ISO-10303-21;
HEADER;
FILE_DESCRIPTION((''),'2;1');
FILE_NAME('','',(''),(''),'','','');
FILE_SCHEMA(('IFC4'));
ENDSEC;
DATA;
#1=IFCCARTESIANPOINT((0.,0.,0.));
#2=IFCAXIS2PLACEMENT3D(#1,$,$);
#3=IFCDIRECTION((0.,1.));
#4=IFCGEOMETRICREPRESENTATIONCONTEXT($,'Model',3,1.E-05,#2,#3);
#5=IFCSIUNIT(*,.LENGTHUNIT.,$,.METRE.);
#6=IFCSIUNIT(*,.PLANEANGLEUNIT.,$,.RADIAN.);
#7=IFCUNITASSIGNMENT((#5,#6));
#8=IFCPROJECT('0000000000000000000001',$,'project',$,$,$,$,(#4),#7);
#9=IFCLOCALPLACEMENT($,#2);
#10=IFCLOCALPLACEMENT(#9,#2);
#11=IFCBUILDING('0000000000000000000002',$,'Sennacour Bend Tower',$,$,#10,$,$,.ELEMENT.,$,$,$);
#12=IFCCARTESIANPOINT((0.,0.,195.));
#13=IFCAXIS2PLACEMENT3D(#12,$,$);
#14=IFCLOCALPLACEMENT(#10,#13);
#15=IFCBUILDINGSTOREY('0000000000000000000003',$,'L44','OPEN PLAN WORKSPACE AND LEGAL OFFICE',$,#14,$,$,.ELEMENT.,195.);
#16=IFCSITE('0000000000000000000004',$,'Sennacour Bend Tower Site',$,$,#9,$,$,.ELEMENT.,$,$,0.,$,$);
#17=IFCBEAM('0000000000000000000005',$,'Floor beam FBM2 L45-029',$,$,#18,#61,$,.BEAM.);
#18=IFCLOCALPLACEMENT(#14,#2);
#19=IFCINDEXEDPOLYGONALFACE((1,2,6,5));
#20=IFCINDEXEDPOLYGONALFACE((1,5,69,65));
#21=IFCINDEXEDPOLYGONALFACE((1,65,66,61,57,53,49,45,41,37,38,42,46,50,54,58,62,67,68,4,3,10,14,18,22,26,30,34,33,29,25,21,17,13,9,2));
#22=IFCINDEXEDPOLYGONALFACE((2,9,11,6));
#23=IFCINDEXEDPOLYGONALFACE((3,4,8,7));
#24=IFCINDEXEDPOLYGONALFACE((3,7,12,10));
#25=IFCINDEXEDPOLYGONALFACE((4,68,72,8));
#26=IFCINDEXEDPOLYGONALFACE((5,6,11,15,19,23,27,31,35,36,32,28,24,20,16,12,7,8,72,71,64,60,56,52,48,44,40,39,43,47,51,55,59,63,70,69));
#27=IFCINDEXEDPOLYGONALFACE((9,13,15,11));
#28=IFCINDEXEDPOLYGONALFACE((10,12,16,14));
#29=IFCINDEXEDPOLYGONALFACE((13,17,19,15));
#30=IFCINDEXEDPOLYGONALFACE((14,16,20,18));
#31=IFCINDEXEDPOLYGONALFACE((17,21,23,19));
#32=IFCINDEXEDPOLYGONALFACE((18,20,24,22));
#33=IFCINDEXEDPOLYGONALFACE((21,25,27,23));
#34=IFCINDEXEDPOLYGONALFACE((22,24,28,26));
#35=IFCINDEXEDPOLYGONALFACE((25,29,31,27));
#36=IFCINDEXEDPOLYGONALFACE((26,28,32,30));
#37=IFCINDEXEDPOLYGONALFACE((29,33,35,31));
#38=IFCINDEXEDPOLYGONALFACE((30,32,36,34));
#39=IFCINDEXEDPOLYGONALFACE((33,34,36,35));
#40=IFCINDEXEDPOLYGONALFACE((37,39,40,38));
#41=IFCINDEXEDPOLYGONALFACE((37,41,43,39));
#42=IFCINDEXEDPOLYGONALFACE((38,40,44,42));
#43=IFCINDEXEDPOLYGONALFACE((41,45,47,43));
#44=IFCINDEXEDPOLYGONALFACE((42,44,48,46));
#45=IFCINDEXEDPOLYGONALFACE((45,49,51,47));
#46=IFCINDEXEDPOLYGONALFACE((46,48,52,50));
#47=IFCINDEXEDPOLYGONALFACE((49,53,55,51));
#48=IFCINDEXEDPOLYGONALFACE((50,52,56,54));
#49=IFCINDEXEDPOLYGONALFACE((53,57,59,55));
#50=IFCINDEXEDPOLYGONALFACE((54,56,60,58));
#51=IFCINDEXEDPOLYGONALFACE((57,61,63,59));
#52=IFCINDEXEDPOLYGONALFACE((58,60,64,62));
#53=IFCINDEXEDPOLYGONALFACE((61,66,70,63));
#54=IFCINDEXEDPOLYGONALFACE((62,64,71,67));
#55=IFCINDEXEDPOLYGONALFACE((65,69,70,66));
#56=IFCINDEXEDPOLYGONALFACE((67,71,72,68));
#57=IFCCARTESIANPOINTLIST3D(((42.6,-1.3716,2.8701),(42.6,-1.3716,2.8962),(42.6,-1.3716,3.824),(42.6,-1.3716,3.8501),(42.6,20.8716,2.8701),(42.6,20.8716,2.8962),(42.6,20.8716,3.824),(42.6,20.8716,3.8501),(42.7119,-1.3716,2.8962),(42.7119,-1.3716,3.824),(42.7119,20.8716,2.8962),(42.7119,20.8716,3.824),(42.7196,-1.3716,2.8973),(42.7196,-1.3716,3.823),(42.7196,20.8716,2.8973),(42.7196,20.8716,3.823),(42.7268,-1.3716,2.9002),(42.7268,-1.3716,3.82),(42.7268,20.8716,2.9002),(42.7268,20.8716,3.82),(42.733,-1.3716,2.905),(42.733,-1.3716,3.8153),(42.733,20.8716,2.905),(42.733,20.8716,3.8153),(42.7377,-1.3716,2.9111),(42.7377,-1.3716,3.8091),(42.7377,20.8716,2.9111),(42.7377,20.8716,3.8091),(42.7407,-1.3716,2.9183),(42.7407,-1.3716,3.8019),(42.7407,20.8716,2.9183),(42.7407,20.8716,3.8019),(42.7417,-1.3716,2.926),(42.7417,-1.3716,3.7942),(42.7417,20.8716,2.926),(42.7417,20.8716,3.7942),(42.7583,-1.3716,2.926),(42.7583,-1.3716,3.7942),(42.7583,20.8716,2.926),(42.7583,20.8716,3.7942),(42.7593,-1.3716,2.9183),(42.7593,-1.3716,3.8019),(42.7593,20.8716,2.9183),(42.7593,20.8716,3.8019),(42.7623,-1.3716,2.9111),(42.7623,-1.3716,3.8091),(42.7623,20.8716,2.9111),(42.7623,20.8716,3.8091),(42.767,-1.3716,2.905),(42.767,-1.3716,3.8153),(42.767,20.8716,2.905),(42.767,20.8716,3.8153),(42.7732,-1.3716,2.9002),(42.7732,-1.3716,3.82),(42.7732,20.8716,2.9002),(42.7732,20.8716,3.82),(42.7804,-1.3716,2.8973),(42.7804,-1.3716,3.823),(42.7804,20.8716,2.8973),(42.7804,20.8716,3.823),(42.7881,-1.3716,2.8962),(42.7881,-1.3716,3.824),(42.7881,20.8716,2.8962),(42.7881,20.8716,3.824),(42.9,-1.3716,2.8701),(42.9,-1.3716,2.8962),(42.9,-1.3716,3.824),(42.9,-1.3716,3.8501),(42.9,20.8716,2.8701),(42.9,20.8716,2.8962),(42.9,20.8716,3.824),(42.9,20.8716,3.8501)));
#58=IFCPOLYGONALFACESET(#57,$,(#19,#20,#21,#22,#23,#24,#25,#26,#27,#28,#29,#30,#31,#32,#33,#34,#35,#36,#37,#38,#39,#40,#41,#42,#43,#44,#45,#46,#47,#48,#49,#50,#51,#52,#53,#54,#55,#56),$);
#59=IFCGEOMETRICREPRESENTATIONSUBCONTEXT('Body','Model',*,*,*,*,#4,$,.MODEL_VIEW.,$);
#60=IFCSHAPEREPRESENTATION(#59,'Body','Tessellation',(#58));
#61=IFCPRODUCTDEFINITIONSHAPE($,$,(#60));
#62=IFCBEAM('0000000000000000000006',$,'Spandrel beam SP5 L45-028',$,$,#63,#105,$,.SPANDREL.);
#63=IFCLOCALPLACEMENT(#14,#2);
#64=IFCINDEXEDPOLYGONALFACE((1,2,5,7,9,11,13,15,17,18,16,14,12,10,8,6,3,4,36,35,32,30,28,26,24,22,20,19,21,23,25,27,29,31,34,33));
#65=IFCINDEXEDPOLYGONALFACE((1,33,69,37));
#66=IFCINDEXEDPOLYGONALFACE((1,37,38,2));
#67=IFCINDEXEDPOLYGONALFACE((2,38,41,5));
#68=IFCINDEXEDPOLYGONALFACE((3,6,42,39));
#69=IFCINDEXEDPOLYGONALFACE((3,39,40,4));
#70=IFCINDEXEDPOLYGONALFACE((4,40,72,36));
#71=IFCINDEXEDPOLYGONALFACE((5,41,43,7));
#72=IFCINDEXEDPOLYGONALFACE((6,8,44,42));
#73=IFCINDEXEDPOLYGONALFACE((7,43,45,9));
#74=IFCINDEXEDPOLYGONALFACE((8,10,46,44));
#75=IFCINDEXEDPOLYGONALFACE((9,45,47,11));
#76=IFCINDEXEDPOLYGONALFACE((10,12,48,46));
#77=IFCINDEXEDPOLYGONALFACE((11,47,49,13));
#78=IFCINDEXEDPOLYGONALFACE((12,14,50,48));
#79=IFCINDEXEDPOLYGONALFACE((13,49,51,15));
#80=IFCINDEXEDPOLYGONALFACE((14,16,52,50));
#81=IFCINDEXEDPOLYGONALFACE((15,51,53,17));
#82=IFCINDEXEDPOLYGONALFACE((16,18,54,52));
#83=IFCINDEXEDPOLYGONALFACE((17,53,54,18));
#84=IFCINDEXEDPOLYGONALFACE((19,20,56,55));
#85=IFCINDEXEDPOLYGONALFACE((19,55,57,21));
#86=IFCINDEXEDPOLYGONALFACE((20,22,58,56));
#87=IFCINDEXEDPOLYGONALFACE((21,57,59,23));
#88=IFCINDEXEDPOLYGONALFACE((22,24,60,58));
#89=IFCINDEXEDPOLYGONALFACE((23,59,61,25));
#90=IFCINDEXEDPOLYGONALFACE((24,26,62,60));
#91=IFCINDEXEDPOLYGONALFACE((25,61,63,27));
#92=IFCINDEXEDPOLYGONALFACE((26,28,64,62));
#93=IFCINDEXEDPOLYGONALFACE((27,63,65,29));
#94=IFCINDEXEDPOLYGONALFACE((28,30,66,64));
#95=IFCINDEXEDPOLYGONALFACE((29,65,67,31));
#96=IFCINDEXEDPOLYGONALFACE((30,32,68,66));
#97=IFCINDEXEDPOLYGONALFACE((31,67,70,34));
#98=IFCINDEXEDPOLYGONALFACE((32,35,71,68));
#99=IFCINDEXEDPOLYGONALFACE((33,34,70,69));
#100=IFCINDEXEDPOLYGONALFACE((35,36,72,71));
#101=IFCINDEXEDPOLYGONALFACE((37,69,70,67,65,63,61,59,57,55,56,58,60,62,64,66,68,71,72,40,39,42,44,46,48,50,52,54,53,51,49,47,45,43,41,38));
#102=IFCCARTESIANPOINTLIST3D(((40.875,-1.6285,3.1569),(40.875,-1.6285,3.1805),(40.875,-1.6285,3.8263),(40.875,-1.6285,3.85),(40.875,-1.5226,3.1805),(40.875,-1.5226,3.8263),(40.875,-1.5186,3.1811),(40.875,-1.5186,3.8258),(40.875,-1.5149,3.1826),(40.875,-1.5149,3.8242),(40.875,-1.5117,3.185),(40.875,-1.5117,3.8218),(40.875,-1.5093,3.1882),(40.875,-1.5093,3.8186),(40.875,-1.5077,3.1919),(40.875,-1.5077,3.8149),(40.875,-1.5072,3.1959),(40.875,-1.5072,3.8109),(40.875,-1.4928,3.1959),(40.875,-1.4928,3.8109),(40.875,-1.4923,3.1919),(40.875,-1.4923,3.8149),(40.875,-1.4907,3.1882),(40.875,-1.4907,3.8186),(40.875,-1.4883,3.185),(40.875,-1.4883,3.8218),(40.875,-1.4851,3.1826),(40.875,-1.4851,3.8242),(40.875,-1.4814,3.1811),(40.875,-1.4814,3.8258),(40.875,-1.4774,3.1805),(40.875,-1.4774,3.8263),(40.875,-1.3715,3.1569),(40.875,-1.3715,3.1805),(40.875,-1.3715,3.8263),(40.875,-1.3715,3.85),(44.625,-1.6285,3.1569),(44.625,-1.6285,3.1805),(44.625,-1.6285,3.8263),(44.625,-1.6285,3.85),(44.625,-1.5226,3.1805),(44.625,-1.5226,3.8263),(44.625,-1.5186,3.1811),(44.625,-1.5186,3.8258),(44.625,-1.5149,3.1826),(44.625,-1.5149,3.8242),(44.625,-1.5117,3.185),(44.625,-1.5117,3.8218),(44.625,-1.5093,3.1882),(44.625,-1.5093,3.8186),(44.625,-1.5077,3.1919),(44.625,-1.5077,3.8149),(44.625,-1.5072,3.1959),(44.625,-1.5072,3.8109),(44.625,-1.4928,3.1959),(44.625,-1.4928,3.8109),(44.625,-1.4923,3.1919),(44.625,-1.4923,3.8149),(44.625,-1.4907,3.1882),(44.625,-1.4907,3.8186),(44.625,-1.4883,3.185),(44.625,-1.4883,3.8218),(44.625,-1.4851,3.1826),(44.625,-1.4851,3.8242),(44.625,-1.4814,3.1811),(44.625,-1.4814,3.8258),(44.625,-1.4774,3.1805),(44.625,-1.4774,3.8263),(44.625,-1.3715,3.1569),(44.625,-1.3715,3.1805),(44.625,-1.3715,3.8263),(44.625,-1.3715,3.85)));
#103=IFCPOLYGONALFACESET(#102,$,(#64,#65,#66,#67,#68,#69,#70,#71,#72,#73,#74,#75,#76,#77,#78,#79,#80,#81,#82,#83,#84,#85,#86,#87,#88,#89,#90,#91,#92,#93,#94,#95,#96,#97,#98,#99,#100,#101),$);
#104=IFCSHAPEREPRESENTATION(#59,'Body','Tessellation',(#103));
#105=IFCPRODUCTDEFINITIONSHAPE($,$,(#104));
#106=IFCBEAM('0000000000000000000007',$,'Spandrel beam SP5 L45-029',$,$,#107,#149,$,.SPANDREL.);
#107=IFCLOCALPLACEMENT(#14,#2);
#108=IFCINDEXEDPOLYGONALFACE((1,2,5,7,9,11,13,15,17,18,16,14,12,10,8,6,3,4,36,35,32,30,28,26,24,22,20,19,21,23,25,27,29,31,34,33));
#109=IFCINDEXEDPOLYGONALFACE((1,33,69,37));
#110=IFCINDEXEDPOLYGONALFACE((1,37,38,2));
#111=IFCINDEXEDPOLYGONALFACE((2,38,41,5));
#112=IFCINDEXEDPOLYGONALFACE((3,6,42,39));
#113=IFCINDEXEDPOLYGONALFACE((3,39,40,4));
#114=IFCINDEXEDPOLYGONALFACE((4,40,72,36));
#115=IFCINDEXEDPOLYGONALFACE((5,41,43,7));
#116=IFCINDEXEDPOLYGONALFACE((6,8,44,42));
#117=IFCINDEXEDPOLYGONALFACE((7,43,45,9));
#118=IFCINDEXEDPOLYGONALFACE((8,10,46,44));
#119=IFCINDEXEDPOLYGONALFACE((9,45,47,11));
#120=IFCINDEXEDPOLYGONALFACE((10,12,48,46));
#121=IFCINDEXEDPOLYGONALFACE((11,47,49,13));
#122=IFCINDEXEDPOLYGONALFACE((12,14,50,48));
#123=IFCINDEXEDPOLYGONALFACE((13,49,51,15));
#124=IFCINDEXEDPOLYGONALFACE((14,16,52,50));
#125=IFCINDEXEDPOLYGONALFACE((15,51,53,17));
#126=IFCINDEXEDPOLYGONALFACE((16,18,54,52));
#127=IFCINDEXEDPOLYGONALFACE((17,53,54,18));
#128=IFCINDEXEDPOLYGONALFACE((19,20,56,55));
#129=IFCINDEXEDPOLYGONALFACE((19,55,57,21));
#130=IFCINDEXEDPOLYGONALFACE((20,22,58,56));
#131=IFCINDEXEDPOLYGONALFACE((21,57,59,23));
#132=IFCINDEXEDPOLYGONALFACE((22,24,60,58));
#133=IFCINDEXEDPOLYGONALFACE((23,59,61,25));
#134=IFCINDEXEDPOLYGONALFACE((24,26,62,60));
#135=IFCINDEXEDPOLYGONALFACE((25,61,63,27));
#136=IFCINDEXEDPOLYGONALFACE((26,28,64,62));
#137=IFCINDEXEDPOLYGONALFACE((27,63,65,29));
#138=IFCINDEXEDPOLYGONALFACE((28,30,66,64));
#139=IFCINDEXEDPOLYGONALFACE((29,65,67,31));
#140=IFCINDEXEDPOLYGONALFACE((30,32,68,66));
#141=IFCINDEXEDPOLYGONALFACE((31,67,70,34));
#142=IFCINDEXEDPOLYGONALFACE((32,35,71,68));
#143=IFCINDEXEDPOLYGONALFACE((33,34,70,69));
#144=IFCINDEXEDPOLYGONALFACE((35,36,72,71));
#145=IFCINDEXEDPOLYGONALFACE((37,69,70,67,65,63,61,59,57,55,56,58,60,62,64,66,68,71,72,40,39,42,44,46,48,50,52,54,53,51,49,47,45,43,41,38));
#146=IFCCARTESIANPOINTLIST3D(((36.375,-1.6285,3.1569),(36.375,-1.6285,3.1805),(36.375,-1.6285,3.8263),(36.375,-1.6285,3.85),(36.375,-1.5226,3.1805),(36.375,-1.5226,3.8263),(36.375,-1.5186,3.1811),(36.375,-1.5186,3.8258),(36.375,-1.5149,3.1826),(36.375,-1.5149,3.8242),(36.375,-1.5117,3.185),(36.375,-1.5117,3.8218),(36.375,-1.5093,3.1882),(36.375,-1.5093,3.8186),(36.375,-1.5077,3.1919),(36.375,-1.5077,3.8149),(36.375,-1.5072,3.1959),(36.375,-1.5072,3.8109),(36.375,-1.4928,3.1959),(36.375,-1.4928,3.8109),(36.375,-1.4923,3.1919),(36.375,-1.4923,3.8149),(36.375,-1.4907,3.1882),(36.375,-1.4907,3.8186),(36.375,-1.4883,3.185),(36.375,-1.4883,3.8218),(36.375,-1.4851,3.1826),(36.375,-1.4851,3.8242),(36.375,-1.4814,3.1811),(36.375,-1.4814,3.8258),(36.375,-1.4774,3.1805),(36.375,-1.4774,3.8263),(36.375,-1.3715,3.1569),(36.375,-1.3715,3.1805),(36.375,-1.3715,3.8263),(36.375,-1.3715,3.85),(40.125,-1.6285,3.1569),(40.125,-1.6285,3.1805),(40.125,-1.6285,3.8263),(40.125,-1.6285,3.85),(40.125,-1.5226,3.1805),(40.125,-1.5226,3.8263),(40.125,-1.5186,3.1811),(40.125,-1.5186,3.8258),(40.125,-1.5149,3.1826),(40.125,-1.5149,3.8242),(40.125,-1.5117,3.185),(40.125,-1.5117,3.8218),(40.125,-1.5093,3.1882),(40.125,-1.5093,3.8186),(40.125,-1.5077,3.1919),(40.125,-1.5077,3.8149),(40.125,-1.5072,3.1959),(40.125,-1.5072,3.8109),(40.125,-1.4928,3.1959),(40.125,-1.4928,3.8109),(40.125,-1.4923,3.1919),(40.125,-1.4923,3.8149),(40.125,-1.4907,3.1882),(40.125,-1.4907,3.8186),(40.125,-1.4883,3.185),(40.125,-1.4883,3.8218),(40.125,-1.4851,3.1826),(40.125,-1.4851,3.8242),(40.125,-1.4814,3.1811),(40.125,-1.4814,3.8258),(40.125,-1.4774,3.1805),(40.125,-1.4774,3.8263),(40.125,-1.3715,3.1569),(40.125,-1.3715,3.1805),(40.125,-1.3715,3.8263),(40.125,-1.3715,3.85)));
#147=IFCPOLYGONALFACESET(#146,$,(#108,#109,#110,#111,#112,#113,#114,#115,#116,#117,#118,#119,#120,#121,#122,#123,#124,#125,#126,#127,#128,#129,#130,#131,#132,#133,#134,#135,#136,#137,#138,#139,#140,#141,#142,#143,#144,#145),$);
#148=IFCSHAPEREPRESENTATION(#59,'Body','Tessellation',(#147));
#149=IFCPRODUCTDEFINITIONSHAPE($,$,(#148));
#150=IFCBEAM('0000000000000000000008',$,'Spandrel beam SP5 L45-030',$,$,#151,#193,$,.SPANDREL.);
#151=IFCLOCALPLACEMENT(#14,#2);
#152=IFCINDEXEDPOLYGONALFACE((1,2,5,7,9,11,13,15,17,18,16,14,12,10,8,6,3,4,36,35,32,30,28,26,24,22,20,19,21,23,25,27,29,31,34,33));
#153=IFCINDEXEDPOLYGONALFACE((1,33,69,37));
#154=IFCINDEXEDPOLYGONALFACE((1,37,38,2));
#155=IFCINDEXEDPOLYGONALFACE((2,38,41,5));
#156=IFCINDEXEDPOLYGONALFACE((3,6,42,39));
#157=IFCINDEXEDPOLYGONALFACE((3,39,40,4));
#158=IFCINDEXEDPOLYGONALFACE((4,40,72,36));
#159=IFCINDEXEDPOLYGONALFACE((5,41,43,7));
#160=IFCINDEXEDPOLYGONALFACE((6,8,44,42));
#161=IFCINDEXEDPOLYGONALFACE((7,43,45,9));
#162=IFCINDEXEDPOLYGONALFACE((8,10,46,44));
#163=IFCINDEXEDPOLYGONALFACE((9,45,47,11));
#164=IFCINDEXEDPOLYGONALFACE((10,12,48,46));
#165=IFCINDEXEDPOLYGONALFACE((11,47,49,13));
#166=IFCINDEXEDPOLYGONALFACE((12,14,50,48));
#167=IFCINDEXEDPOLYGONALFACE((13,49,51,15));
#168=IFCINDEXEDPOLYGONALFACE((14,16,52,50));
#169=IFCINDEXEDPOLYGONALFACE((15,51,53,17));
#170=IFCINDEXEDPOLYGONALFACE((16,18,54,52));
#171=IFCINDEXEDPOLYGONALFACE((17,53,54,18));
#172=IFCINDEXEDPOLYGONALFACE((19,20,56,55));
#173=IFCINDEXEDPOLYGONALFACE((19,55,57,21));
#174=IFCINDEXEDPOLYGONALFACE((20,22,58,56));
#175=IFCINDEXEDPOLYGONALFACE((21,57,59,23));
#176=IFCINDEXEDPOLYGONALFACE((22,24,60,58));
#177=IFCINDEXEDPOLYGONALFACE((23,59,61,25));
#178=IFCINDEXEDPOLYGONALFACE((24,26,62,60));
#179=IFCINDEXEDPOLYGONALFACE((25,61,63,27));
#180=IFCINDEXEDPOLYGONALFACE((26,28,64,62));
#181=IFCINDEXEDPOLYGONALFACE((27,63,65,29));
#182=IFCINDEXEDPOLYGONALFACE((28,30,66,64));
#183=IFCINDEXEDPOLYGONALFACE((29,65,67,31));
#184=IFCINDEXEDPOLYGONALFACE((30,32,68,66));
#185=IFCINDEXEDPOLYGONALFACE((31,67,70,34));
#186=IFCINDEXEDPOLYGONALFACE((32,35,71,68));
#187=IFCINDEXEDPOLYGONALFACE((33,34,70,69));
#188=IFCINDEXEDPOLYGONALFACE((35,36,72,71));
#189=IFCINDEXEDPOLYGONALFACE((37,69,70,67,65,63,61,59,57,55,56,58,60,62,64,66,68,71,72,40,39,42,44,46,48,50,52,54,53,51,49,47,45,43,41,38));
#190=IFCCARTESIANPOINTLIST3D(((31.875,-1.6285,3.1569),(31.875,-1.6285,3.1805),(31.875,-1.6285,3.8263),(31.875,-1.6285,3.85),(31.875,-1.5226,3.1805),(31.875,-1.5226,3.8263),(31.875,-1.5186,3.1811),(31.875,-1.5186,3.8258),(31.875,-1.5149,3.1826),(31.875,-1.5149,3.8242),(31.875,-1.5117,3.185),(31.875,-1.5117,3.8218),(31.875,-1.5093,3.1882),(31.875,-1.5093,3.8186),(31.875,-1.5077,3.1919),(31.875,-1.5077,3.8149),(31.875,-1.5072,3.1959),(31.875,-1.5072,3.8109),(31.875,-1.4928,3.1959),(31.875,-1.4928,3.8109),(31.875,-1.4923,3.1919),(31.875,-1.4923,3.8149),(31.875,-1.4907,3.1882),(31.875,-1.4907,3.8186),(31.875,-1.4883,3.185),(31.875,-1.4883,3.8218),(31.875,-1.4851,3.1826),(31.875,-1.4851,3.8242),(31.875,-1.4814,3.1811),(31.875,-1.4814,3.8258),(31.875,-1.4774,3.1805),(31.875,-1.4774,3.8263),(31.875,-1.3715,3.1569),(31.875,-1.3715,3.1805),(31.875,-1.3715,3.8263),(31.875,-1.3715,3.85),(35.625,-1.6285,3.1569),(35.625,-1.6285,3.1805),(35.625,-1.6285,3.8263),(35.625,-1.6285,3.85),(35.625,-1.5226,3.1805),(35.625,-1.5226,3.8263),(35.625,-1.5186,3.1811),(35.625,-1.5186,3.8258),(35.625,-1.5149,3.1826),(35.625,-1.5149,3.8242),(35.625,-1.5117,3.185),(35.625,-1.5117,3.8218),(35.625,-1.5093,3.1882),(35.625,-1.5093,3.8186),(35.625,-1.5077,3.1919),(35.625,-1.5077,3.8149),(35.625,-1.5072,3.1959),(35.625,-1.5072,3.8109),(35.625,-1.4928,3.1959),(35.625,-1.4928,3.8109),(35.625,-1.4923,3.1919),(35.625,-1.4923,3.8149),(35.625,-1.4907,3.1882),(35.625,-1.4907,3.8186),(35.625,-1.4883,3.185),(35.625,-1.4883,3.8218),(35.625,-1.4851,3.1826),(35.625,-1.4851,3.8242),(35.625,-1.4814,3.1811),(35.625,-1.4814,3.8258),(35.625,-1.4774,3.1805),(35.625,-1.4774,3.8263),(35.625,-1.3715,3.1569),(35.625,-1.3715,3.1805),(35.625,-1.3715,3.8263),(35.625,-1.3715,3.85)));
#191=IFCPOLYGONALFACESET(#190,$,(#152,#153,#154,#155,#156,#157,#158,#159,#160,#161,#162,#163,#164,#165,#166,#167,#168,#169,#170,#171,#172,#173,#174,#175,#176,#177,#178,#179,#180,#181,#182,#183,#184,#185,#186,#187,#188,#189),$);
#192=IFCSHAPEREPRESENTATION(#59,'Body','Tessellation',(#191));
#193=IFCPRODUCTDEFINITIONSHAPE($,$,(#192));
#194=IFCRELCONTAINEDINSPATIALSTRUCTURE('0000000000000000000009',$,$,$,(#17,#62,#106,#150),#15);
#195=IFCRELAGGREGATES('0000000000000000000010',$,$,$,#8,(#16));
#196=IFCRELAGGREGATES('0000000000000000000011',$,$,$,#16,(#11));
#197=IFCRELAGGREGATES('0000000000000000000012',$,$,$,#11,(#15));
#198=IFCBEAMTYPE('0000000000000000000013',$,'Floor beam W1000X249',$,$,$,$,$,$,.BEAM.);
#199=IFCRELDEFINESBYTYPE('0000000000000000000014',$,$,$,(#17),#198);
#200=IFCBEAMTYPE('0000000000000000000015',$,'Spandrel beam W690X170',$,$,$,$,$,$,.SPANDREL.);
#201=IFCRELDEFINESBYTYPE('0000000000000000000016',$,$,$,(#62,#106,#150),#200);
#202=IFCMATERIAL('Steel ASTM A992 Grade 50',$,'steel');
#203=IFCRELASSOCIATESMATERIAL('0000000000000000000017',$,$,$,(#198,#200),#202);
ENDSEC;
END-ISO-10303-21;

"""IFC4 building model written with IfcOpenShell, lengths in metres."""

from ifc_helpers import new_model, si_unit, direction, frame, origin, origin_2d, place, context, subcontext, project, spatial, i_section, extrude, material, material_profile, profile_set, type_object, element, save


model = new_model("IFC4")

# Units and contexts
model_context = context("Model", 3, precision=1e-05, world=origin(), true_north=direction((0.0, 1.0)))
body_context = subcontext(model_context, "Body", "Model", "MODEL_VIEW")
ifc_project = project(units=[si_unit("LENGTHUNIT", "METRE"), si_unit("PLANEANGLEUNIT", "RADIAN")], contexts=[model_context])

# Site, building, storey
site_placement = place(None, origin())
site = spatial("IfcSite", under=ifc_project, at=site_placement, Name="Sennacour Bend Tower Site", CompositionType="ELEMENT", RefElevation=0.0)
building_placement = place(site_placement, origin())
building = spatial("IfcBuilding", under=site, at=building_placement, Name="Sennacour Bend Tower", CompositionType="ELEMENT")
storey_placement = place(building_placement, frame((0.0, 0.0, 195.0)))
storey = spatial("IfcBuildingStorey", under=building, at=storey_placement, Name="L44", Description="OPEN PLAN WORKSPACE AND LEGAL OFFICE", CompositionType="ELEMENT", Elevation=195.0)

# Beams
ifc_material_1 = material(Name="Steel ASTM A992 Grade 50", Category="steel")
ifc_material_profile_1 = material_profile(ifc_material_1, i_section(OverallWidth=0.3, OverallDepth=0.98, WebThickness=0.0166, FlangeThickness=0.0261, FilletRadius=0.0298, at=origin_2d()), Name="Steel ASTM A992 Grade 50", Category="steel")
ifc_profile_set_1 = profile_set([ifc_material_profile_1], Name="Steel ASTM A992 Grade 50")
beam_type_1 = type_object("IfcBeamType", Name="Floor beam W1000X249", PredefinedType="BEAM", material=ifc_profile_set_1)
beam_1_placement = place(storey_placement, frame((42.75, -1.3716, 3.3601), z_axis=(0.0, 1.0, 0.0), x_axis=(-1.0, 0.0, 0.0)))
element("IfcBeam", 1, at=beam_1_placement, inside=storey, type_object=beam_type_1, Name="Floor beam FBM2 L45-029", PredefinedType="BEAM", context=body_context, shape_type="SweptSolid", body=[
    extrude(i_section(OverallWidth=0.3, OverallDepth=0.98, WebThickness=0.0166, FlangeThickness=0.0261, FilletRadius=0.0298, at=origin_2d()), origin(), (0.0, 0.0, 1.0), 22.2432),
])
ifc_material_profile_2 = material_profile(ifc_material_1, i_section(OverallWidth=0.2571, OverallDepth=0.6931, WebThickness=0.0144, FlangeThickness=0.0237, FilletRadius=0.0154, at=origin_2d()), Name="Steel ASTM A992 Grade 50", Category="steel")
ifc_profile_set_2 = profile_set([ifc_material_profile_2], Name="Steel ASTM A992 Grade 50")
beam_type_2 = type_object("IfcBeamType", Name="Spandrel beam W690X170", PredefinedType="SPANDREL", material=ifc_profile_set_2)
for number, where, z_axis, x_axis, name in (
    (2, (44.625, -1.5, 3.5034), (-1.0, 0.0, 0.0), (0.0, -1.0, 0.0), "Spandrel beam SP5 L45-028"),
    (3, (40.125, -1.5, 3.5034), (-1.0, 0.0, 0.0), (0.0, -1.0, 0.0), "Spandrel beam SP5 L45-029"),
    (4, (35.625, -1.5, 3.5034), (-1.0, 0.0, 0.0), (0.0, -1.0, 0.0), "Spandrel beam SP5 L45-030"),
):
    element("IfcBeam", number, at=place(storey_placement, frame(where, z_axis=z_axis, x_axis=x_axis)), inside=storey, type_object=beam_type_2, Name=name, PredefinedType="SPANDREL", context=body_context, shape_type="SweptSolid", body=[
        extrude(i_section(OverallWidth=0.2571, OverallDepth=0.6931, WebThickness=0.0144, FlangeThickness=0.0237, FilletRadius=0.0154, at=origin_2d()), origin(), (0.0, 0.0, 1.0), 3.75),
    ])

save(model, "model.ifc")
